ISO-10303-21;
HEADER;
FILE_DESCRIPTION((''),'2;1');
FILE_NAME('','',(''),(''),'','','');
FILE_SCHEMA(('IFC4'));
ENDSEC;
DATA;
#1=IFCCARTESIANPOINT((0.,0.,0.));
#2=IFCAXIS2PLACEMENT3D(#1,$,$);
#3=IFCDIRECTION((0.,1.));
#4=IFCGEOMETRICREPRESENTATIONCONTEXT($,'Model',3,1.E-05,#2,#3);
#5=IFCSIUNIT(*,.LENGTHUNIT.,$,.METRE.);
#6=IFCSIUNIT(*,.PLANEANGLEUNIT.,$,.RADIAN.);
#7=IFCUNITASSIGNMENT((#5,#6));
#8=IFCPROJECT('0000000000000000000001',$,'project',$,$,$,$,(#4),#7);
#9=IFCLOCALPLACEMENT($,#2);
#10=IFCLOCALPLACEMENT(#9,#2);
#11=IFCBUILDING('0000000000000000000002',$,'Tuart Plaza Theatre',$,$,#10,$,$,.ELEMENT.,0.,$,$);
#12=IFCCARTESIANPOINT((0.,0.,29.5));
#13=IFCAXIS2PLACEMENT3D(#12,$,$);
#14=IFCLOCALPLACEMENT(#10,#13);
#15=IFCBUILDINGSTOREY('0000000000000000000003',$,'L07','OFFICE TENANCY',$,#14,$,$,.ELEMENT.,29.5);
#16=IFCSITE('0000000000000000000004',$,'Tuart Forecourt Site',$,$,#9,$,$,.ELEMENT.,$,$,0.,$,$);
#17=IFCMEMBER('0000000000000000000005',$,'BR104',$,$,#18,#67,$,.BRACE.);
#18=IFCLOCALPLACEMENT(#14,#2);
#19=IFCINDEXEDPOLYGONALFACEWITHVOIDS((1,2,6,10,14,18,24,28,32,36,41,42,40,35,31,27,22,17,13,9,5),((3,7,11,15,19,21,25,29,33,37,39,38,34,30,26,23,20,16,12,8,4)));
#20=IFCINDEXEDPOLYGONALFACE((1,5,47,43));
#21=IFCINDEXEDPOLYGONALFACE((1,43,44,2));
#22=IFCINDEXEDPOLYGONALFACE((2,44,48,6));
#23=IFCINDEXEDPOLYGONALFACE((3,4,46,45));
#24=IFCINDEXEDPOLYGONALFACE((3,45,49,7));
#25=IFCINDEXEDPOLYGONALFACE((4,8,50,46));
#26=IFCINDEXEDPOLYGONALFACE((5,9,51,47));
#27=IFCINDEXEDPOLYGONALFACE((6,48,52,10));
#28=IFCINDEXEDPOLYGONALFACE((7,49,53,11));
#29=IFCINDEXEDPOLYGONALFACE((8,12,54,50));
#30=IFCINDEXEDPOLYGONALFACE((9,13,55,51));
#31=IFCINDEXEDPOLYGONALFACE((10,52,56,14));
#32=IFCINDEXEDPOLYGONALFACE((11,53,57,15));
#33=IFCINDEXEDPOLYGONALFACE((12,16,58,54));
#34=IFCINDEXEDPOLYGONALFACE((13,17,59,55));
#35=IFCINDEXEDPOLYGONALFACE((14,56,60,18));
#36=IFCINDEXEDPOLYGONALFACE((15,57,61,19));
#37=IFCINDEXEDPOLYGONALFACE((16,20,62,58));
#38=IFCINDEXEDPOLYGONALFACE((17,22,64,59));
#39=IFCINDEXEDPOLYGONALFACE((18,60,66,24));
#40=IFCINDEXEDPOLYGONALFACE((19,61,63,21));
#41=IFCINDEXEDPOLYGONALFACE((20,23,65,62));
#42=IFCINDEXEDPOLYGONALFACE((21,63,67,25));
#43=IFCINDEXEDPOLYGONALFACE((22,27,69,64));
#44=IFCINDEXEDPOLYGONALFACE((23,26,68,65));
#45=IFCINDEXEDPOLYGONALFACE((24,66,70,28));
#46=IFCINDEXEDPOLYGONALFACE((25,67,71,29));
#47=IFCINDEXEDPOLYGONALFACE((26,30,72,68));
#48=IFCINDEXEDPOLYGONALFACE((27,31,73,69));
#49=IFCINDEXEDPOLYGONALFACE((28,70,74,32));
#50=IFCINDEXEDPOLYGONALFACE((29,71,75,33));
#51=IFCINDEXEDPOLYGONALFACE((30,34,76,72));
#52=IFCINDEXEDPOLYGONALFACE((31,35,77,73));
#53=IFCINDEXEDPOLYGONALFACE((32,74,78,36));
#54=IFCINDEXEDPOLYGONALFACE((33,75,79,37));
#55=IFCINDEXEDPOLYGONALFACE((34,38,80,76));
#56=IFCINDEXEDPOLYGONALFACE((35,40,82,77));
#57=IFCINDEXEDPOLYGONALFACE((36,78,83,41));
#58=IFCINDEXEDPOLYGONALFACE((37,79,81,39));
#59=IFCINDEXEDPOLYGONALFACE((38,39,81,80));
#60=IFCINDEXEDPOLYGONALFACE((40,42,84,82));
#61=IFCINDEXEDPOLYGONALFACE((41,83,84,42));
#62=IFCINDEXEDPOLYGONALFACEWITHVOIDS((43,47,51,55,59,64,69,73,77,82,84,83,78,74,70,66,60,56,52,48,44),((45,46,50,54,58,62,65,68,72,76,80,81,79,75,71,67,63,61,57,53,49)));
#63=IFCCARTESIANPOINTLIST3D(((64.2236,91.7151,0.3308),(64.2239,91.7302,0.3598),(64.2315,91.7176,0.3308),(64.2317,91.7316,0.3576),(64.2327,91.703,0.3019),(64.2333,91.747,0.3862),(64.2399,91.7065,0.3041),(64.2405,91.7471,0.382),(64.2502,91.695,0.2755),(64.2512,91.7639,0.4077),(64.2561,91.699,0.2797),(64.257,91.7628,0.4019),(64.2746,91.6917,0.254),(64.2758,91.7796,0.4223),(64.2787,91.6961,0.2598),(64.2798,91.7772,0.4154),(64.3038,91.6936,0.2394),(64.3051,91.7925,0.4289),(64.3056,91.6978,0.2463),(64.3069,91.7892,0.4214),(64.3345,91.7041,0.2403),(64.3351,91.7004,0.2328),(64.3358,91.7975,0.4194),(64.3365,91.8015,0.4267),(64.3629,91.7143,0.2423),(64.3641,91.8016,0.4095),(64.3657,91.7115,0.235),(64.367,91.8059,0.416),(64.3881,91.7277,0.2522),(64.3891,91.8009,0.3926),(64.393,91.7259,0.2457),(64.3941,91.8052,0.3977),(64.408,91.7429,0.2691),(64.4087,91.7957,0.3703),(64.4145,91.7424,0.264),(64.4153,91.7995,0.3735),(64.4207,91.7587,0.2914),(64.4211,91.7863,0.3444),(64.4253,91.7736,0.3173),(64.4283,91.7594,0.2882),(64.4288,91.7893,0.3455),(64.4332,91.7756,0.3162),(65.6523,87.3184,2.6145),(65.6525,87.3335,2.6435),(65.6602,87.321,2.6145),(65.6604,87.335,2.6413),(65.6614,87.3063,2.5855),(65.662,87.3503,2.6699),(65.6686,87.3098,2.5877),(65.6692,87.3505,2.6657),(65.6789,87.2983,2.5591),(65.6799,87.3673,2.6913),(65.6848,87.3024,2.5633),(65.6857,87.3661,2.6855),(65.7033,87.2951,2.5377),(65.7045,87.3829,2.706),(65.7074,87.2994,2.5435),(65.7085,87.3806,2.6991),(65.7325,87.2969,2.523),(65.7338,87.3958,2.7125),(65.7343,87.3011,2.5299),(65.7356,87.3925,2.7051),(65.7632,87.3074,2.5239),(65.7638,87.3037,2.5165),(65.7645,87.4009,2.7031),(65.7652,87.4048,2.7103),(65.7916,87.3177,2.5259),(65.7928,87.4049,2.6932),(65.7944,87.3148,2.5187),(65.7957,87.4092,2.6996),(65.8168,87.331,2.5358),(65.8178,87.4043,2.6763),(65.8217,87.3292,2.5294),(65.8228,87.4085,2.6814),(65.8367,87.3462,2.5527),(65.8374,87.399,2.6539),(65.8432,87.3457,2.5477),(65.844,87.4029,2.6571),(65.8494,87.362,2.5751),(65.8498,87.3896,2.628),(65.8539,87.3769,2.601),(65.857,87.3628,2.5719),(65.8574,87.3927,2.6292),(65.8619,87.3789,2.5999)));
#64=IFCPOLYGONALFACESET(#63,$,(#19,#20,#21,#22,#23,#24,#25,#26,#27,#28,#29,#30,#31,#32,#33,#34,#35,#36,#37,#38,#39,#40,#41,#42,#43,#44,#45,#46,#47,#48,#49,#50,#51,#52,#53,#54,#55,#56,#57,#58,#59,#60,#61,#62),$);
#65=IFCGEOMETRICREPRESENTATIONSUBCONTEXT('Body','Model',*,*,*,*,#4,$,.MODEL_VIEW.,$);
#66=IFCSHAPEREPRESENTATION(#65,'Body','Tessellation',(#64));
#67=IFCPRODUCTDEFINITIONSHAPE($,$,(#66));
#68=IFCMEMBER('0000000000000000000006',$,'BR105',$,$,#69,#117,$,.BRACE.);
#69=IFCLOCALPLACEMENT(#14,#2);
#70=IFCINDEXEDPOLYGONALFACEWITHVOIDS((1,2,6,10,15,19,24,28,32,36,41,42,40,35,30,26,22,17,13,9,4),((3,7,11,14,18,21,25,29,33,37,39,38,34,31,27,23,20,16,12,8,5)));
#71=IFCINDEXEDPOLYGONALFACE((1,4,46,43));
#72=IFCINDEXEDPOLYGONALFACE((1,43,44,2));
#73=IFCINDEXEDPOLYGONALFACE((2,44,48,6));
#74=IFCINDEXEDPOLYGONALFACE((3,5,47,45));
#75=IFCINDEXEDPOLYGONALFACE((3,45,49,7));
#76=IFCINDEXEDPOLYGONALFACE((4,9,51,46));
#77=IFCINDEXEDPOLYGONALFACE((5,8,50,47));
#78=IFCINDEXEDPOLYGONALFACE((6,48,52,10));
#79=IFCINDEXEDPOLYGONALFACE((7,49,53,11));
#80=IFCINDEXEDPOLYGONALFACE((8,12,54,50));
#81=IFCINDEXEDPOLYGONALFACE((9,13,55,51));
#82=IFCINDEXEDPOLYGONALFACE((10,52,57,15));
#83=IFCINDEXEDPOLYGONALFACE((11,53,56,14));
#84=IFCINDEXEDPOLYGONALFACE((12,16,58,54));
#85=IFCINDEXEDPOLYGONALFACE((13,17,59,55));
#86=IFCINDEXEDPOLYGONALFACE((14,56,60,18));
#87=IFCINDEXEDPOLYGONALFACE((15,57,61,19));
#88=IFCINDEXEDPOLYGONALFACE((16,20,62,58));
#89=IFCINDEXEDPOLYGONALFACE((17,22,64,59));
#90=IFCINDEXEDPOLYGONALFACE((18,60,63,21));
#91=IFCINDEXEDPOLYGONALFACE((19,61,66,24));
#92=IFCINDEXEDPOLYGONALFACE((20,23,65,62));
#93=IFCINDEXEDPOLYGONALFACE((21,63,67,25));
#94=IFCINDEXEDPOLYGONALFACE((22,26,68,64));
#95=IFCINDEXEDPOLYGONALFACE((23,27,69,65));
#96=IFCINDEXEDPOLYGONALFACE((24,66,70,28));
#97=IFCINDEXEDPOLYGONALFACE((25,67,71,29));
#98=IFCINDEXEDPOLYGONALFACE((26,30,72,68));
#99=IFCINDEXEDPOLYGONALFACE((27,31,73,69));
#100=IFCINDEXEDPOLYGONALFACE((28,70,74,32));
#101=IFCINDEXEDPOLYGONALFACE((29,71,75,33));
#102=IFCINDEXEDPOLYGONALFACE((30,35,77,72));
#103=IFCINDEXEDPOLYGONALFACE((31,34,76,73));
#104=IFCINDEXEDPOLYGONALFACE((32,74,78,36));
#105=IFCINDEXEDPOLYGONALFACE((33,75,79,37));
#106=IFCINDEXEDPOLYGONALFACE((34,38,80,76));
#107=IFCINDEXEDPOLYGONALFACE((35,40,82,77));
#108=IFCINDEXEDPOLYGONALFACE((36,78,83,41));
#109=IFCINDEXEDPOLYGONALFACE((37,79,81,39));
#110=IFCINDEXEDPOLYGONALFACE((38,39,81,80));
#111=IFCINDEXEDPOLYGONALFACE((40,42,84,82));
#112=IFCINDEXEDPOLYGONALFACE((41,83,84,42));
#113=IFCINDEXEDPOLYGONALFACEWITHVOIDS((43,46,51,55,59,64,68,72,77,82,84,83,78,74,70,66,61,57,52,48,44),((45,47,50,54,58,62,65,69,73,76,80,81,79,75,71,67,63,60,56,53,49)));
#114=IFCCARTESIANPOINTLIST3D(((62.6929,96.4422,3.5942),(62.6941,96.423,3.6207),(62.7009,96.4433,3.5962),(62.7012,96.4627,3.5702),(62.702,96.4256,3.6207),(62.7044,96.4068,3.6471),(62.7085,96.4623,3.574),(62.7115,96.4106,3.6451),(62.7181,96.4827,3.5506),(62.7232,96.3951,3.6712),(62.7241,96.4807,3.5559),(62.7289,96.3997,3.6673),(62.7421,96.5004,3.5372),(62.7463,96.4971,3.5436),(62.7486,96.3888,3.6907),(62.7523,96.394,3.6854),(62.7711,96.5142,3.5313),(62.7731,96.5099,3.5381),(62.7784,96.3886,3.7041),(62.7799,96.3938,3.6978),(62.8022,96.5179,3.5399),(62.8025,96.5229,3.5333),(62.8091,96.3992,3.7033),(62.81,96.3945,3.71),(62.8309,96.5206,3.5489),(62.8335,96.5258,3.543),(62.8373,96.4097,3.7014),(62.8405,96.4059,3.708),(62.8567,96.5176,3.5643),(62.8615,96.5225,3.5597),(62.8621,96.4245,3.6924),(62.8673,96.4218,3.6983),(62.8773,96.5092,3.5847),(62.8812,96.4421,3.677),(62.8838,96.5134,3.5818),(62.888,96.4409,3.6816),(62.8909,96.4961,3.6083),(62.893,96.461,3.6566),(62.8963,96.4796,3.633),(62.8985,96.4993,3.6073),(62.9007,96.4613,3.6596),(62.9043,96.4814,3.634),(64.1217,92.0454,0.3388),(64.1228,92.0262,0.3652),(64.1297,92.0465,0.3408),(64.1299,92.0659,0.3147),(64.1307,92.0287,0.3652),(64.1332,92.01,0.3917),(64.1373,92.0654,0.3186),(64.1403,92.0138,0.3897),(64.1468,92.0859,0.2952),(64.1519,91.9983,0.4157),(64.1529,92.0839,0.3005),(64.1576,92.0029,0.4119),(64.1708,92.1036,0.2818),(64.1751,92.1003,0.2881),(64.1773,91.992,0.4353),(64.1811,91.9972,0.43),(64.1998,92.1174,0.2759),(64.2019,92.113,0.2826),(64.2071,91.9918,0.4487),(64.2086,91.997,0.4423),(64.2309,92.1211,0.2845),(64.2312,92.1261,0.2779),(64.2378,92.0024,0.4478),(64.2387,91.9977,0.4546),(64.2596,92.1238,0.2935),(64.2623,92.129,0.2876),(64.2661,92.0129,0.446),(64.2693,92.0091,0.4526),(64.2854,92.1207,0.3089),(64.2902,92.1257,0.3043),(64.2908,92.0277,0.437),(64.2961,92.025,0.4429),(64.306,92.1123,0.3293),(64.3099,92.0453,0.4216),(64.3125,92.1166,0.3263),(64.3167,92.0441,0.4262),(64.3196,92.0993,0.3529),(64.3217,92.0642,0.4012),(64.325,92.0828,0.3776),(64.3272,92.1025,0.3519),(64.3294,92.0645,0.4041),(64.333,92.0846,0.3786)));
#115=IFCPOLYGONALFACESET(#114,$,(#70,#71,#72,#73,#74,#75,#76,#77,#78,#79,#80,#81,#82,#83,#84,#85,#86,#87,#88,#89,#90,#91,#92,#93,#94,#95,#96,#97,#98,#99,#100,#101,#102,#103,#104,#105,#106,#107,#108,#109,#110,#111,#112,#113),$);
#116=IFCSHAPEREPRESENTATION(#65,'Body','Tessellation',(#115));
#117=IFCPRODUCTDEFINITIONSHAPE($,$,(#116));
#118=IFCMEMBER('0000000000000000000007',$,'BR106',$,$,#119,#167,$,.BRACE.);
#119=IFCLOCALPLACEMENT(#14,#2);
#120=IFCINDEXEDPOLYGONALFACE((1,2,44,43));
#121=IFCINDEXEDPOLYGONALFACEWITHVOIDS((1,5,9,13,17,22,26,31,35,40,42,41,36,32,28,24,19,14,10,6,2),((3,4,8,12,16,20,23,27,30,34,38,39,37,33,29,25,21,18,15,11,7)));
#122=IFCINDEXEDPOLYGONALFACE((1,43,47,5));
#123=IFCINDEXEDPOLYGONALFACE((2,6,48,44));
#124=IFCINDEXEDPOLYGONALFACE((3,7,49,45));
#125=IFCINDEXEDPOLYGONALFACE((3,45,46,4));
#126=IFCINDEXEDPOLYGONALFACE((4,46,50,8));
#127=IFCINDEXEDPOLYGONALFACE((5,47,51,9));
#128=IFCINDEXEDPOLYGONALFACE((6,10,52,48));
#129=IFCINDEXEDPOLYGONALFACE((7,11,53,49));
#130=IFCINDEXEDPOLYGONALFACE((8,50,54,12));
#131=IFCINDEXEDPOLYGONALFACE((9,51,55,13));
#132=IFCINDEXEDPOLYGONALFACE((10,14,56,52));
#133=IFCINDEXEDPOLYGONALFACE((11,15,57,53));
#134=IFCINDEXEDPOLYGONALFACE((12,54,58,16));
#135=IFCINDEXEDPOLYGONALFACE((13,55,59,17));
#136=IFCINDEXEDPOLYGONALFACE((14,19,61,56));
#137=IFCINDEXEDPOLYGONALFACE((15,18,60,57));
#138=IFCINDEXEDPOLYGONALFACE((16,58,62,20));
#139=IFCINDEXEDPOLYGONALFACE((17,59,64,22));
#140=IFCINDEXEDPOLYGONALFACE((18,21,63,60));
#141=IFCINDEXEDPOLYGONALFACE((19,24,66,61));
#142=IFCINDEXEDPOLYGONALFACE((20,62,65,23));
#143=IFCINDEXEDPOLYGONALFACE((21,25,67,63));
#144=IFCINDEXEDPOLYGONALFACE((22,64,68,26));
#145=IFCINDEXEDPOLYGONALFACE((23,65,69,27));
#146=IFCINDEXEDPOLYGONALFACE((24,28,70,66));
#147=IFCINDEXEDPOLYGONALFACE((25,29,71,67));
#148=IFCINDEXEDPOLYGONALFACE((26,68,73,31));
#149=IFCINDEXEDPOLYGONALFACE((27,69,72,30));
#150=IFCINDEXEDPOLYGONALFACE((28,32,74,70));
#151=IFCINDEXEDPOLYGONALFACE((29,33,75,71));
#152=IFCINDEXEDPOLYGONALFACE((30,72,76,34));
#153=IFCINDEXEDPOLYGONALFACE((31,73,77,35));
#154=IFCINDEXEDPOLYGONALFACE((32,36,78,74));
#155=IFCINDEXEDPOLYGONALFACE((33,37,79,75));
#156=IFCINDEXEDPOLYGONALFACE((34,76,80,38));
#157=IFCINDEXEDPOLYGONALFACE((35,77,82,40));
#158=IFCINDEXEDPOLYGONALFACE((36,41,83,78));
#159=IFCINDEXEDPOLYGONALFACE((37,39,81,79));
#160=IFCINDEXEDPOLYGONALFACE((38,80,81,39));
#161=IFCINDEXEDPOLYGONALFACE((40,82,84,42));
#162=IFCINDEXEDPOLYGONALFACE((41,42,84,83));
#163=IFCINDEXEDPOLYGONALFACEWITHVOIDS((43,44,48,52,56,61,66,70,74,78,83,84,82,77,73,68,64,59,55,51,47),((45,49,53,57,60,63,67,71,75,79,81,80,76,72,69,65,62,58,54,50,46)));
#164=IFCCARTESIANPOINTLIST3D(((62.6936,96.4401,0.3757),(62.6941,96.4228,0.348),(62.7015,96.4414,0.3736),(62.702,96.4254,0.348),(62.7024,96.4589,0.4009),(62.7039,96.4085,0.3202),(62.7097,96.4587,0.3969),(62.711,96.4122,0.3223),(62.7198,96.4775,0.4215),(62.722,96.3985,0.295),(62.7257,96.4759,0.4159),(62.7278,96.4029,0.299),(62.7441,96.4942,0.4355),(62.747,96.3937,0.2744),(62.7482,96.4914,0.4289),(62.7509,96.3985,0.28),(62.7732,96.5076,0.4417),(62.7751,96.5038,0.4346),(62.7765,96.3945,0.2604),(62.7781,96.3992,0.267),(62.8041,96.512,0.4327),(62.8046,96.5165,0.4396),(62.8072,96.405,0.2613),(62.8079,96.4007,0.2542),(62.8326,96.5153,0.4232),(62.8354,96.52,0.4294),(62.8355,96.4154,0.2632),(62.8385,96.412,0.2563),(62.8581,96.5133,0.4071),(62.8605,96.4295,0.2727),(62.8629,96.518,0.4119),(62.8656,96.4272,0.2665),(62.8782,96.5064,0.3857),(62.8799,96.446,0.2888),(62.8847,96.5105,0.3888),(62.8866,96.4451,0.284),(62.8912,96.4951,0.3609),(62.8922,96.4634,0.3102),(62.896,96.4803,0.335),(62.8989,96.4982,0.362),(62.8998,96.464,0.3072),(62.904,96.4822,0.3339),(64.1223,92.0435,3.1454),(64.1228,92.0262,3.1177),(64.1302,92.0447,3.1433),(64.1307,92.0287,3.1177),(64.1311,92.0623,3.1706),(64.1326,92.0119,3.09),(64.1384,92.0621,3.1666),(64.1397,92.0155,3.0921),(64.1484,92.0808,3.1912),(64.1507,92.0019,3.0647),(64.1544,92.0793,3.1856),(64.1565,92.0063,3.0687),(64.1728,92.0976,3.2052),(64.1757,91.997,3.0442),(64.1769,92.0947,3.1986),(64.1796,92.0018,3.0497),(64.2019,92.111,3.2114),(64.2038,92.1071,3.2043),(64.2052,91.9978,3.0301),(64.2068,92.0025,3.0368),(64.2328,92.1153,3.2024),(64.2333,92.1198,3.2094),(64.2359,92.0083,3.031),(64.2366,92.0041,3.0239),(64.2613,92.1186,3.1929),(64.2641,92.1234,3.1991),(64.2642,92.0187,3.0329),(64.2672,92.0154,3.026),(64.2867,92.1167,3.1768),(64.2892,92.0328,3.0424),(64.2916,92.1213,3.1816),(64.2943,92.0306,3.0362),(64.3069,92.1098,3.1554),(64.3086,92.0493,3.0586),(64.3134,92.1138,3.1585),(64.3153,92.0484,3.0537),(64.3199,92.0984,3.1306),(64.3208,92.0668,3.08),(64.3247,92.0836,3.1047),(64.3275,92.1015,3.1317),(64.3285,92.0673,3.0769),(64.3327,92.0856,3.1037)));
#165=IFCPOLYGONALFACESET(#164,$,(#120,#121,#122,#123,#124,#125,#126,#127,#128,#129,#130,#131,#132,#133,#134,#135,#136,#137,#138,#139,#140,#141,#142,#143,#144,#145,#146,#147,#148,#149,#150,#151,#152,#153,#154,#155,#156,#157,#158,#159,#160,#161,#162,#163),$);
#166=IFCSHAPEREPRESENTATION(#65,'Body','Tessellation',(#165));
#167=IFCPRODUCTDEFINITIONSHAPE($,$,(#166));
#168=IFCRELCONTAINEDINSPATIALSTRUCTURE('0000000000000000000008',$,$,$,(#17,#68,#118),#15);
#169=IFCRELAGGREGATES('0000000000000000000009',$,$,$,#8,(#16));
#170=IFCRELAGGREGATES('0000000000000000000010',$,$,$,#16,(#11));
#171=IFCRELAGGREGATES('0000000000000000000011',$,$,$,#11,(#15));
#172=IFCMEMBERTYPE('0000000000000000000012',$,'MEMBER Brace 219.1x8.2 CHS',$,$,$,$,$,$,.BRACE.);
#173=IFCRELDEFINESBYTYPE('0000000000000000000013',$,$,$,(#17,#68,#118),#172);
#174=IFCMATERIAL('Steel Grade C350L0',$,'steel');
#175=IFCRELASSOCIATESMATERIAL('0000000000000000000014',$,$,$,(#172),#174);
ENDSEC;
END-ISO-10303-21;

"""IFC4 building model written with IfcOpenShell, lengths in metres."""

from ifc_helpers import new_model, si_unit, direction, frame, origin, origin_2d, place, context, subcontext, project, spatial, hollow_circle, extrude, material, material_profile, profile_set, type_object, element, save


model = new_model("IFC4")

# Units and contexts
model_context = context("Model", 3, precision=1e-05, world=origin(), true_north=direction((0.0, 1.0)))
body_context = subcontext(model_context, "Body", "Model", "MODEL_VIEW")
ifc_project = project(units=[si_unit("LENGTHUNIT", "METRE"), si_unit("PLANEANGLEUNIT", "RADIAN")], contexts=[model_context])

# Site, building, storey
site_placement = place(None, origin())
site = spatial("IfcSite", under=ifc_project, at=site_placement, Name="Tuart Forecourt Site", CompositionType="ELEMENT", RefElevation=0.0)
building_placement = place(site_placement, origin())
building = spatial("IfcBuilding", under=site, at=building_placement, Name="Tuart Plaza Theatre", CompositionType="ELEMENT", ElevationOfRefHeight=0.0)
storey_placement = place(building_placement, frame((0.0, 0.0, 29.5)))
storey = spatial("IfcBuildingStorey", under=building, at=storey_placement, Name="L07", Description="OFFICE TENANCY", CompositionType="ELEMENT", Elevation=29.5)

# Members
ifc_material_1 = material(Name="Steel Grade C350L0", Category="steel")
ifc_material_profile_1 = material_profile(ifc_material_1, hollow_circle(Radius=0.1096, WallThickness=0.0083, at=origin_2d()), Name="219.1x8.2 CHS")
ifc_profile_set_1 = profile_set([ifc_material_profile_1], Name="Steel Grade C350L0")
member_type_1 = type_object("IfcMemberType", Name="MEMBER Brace 219.1x8.2 CHS", PredefinedType="BRACE", material=ifc_profile_set_1)
member_1_placement = place(storey_placement, frame((65.7566, 87.3523, 2.6145), z_axis=(-0.277079, 0.852687, -0.442891), x_axis=(-0.951048, -0.309042, 0.0)))
element("IfcMember", 1, at=member_1_placement, inside=storey, type_object=member_type_1, Name="BR104", PredefinedType="BRACE", context=body_context, shape_type="SweptSolid", body=[
    extrude(hollow_circle(Radius=0.1096, WallThickness=0.0083, at=origin_2d()), origin(), (0.0, 0.0, 1.0), 5.1562),
])
member_2_placement = place(storey_placement, frame((64.2271, 92.0601, 0.3652), z_axis=(-0.252682, 0.777605, 0.575745), x_axis=(-0.951048, -0.309042, 0.0)))
element("IfcMember", 2, at=member_2_placement, inside=storey, type_object=member_type_1, Name="BR105", PredefinedType="BRACE", context=body_context, shape_type="SweptSolid", body=[
    extrude(hollow_circle(Radius=0.1096, WallThickness=0.0083, at=origin_2d()), origin(), (0.0, 0.0, 1.0), 5.6543),
])
member_3_placement = place(storey_placement, frame((64.2271, 92.0601, 3.1177), z_axis=(-0.265104, 0.815832, -0.513944), x_axis=(-0.951048, -0.309042, 0.0)))
element("IfcMember", 3, at=member_3_placement, inside=storey, type_object=member_type_1, Name="BR106", PredefinedType="BRACE", context=body_context, shape_type="SweptSolid", body=[
    extrude(hollow_circle(Radius=0.1096, WallThickness=0.0083, at=origin_2d()), origin(), (0.0, 0.0, 1.0), 5.3892),
])

save(model, "model.ifc")
